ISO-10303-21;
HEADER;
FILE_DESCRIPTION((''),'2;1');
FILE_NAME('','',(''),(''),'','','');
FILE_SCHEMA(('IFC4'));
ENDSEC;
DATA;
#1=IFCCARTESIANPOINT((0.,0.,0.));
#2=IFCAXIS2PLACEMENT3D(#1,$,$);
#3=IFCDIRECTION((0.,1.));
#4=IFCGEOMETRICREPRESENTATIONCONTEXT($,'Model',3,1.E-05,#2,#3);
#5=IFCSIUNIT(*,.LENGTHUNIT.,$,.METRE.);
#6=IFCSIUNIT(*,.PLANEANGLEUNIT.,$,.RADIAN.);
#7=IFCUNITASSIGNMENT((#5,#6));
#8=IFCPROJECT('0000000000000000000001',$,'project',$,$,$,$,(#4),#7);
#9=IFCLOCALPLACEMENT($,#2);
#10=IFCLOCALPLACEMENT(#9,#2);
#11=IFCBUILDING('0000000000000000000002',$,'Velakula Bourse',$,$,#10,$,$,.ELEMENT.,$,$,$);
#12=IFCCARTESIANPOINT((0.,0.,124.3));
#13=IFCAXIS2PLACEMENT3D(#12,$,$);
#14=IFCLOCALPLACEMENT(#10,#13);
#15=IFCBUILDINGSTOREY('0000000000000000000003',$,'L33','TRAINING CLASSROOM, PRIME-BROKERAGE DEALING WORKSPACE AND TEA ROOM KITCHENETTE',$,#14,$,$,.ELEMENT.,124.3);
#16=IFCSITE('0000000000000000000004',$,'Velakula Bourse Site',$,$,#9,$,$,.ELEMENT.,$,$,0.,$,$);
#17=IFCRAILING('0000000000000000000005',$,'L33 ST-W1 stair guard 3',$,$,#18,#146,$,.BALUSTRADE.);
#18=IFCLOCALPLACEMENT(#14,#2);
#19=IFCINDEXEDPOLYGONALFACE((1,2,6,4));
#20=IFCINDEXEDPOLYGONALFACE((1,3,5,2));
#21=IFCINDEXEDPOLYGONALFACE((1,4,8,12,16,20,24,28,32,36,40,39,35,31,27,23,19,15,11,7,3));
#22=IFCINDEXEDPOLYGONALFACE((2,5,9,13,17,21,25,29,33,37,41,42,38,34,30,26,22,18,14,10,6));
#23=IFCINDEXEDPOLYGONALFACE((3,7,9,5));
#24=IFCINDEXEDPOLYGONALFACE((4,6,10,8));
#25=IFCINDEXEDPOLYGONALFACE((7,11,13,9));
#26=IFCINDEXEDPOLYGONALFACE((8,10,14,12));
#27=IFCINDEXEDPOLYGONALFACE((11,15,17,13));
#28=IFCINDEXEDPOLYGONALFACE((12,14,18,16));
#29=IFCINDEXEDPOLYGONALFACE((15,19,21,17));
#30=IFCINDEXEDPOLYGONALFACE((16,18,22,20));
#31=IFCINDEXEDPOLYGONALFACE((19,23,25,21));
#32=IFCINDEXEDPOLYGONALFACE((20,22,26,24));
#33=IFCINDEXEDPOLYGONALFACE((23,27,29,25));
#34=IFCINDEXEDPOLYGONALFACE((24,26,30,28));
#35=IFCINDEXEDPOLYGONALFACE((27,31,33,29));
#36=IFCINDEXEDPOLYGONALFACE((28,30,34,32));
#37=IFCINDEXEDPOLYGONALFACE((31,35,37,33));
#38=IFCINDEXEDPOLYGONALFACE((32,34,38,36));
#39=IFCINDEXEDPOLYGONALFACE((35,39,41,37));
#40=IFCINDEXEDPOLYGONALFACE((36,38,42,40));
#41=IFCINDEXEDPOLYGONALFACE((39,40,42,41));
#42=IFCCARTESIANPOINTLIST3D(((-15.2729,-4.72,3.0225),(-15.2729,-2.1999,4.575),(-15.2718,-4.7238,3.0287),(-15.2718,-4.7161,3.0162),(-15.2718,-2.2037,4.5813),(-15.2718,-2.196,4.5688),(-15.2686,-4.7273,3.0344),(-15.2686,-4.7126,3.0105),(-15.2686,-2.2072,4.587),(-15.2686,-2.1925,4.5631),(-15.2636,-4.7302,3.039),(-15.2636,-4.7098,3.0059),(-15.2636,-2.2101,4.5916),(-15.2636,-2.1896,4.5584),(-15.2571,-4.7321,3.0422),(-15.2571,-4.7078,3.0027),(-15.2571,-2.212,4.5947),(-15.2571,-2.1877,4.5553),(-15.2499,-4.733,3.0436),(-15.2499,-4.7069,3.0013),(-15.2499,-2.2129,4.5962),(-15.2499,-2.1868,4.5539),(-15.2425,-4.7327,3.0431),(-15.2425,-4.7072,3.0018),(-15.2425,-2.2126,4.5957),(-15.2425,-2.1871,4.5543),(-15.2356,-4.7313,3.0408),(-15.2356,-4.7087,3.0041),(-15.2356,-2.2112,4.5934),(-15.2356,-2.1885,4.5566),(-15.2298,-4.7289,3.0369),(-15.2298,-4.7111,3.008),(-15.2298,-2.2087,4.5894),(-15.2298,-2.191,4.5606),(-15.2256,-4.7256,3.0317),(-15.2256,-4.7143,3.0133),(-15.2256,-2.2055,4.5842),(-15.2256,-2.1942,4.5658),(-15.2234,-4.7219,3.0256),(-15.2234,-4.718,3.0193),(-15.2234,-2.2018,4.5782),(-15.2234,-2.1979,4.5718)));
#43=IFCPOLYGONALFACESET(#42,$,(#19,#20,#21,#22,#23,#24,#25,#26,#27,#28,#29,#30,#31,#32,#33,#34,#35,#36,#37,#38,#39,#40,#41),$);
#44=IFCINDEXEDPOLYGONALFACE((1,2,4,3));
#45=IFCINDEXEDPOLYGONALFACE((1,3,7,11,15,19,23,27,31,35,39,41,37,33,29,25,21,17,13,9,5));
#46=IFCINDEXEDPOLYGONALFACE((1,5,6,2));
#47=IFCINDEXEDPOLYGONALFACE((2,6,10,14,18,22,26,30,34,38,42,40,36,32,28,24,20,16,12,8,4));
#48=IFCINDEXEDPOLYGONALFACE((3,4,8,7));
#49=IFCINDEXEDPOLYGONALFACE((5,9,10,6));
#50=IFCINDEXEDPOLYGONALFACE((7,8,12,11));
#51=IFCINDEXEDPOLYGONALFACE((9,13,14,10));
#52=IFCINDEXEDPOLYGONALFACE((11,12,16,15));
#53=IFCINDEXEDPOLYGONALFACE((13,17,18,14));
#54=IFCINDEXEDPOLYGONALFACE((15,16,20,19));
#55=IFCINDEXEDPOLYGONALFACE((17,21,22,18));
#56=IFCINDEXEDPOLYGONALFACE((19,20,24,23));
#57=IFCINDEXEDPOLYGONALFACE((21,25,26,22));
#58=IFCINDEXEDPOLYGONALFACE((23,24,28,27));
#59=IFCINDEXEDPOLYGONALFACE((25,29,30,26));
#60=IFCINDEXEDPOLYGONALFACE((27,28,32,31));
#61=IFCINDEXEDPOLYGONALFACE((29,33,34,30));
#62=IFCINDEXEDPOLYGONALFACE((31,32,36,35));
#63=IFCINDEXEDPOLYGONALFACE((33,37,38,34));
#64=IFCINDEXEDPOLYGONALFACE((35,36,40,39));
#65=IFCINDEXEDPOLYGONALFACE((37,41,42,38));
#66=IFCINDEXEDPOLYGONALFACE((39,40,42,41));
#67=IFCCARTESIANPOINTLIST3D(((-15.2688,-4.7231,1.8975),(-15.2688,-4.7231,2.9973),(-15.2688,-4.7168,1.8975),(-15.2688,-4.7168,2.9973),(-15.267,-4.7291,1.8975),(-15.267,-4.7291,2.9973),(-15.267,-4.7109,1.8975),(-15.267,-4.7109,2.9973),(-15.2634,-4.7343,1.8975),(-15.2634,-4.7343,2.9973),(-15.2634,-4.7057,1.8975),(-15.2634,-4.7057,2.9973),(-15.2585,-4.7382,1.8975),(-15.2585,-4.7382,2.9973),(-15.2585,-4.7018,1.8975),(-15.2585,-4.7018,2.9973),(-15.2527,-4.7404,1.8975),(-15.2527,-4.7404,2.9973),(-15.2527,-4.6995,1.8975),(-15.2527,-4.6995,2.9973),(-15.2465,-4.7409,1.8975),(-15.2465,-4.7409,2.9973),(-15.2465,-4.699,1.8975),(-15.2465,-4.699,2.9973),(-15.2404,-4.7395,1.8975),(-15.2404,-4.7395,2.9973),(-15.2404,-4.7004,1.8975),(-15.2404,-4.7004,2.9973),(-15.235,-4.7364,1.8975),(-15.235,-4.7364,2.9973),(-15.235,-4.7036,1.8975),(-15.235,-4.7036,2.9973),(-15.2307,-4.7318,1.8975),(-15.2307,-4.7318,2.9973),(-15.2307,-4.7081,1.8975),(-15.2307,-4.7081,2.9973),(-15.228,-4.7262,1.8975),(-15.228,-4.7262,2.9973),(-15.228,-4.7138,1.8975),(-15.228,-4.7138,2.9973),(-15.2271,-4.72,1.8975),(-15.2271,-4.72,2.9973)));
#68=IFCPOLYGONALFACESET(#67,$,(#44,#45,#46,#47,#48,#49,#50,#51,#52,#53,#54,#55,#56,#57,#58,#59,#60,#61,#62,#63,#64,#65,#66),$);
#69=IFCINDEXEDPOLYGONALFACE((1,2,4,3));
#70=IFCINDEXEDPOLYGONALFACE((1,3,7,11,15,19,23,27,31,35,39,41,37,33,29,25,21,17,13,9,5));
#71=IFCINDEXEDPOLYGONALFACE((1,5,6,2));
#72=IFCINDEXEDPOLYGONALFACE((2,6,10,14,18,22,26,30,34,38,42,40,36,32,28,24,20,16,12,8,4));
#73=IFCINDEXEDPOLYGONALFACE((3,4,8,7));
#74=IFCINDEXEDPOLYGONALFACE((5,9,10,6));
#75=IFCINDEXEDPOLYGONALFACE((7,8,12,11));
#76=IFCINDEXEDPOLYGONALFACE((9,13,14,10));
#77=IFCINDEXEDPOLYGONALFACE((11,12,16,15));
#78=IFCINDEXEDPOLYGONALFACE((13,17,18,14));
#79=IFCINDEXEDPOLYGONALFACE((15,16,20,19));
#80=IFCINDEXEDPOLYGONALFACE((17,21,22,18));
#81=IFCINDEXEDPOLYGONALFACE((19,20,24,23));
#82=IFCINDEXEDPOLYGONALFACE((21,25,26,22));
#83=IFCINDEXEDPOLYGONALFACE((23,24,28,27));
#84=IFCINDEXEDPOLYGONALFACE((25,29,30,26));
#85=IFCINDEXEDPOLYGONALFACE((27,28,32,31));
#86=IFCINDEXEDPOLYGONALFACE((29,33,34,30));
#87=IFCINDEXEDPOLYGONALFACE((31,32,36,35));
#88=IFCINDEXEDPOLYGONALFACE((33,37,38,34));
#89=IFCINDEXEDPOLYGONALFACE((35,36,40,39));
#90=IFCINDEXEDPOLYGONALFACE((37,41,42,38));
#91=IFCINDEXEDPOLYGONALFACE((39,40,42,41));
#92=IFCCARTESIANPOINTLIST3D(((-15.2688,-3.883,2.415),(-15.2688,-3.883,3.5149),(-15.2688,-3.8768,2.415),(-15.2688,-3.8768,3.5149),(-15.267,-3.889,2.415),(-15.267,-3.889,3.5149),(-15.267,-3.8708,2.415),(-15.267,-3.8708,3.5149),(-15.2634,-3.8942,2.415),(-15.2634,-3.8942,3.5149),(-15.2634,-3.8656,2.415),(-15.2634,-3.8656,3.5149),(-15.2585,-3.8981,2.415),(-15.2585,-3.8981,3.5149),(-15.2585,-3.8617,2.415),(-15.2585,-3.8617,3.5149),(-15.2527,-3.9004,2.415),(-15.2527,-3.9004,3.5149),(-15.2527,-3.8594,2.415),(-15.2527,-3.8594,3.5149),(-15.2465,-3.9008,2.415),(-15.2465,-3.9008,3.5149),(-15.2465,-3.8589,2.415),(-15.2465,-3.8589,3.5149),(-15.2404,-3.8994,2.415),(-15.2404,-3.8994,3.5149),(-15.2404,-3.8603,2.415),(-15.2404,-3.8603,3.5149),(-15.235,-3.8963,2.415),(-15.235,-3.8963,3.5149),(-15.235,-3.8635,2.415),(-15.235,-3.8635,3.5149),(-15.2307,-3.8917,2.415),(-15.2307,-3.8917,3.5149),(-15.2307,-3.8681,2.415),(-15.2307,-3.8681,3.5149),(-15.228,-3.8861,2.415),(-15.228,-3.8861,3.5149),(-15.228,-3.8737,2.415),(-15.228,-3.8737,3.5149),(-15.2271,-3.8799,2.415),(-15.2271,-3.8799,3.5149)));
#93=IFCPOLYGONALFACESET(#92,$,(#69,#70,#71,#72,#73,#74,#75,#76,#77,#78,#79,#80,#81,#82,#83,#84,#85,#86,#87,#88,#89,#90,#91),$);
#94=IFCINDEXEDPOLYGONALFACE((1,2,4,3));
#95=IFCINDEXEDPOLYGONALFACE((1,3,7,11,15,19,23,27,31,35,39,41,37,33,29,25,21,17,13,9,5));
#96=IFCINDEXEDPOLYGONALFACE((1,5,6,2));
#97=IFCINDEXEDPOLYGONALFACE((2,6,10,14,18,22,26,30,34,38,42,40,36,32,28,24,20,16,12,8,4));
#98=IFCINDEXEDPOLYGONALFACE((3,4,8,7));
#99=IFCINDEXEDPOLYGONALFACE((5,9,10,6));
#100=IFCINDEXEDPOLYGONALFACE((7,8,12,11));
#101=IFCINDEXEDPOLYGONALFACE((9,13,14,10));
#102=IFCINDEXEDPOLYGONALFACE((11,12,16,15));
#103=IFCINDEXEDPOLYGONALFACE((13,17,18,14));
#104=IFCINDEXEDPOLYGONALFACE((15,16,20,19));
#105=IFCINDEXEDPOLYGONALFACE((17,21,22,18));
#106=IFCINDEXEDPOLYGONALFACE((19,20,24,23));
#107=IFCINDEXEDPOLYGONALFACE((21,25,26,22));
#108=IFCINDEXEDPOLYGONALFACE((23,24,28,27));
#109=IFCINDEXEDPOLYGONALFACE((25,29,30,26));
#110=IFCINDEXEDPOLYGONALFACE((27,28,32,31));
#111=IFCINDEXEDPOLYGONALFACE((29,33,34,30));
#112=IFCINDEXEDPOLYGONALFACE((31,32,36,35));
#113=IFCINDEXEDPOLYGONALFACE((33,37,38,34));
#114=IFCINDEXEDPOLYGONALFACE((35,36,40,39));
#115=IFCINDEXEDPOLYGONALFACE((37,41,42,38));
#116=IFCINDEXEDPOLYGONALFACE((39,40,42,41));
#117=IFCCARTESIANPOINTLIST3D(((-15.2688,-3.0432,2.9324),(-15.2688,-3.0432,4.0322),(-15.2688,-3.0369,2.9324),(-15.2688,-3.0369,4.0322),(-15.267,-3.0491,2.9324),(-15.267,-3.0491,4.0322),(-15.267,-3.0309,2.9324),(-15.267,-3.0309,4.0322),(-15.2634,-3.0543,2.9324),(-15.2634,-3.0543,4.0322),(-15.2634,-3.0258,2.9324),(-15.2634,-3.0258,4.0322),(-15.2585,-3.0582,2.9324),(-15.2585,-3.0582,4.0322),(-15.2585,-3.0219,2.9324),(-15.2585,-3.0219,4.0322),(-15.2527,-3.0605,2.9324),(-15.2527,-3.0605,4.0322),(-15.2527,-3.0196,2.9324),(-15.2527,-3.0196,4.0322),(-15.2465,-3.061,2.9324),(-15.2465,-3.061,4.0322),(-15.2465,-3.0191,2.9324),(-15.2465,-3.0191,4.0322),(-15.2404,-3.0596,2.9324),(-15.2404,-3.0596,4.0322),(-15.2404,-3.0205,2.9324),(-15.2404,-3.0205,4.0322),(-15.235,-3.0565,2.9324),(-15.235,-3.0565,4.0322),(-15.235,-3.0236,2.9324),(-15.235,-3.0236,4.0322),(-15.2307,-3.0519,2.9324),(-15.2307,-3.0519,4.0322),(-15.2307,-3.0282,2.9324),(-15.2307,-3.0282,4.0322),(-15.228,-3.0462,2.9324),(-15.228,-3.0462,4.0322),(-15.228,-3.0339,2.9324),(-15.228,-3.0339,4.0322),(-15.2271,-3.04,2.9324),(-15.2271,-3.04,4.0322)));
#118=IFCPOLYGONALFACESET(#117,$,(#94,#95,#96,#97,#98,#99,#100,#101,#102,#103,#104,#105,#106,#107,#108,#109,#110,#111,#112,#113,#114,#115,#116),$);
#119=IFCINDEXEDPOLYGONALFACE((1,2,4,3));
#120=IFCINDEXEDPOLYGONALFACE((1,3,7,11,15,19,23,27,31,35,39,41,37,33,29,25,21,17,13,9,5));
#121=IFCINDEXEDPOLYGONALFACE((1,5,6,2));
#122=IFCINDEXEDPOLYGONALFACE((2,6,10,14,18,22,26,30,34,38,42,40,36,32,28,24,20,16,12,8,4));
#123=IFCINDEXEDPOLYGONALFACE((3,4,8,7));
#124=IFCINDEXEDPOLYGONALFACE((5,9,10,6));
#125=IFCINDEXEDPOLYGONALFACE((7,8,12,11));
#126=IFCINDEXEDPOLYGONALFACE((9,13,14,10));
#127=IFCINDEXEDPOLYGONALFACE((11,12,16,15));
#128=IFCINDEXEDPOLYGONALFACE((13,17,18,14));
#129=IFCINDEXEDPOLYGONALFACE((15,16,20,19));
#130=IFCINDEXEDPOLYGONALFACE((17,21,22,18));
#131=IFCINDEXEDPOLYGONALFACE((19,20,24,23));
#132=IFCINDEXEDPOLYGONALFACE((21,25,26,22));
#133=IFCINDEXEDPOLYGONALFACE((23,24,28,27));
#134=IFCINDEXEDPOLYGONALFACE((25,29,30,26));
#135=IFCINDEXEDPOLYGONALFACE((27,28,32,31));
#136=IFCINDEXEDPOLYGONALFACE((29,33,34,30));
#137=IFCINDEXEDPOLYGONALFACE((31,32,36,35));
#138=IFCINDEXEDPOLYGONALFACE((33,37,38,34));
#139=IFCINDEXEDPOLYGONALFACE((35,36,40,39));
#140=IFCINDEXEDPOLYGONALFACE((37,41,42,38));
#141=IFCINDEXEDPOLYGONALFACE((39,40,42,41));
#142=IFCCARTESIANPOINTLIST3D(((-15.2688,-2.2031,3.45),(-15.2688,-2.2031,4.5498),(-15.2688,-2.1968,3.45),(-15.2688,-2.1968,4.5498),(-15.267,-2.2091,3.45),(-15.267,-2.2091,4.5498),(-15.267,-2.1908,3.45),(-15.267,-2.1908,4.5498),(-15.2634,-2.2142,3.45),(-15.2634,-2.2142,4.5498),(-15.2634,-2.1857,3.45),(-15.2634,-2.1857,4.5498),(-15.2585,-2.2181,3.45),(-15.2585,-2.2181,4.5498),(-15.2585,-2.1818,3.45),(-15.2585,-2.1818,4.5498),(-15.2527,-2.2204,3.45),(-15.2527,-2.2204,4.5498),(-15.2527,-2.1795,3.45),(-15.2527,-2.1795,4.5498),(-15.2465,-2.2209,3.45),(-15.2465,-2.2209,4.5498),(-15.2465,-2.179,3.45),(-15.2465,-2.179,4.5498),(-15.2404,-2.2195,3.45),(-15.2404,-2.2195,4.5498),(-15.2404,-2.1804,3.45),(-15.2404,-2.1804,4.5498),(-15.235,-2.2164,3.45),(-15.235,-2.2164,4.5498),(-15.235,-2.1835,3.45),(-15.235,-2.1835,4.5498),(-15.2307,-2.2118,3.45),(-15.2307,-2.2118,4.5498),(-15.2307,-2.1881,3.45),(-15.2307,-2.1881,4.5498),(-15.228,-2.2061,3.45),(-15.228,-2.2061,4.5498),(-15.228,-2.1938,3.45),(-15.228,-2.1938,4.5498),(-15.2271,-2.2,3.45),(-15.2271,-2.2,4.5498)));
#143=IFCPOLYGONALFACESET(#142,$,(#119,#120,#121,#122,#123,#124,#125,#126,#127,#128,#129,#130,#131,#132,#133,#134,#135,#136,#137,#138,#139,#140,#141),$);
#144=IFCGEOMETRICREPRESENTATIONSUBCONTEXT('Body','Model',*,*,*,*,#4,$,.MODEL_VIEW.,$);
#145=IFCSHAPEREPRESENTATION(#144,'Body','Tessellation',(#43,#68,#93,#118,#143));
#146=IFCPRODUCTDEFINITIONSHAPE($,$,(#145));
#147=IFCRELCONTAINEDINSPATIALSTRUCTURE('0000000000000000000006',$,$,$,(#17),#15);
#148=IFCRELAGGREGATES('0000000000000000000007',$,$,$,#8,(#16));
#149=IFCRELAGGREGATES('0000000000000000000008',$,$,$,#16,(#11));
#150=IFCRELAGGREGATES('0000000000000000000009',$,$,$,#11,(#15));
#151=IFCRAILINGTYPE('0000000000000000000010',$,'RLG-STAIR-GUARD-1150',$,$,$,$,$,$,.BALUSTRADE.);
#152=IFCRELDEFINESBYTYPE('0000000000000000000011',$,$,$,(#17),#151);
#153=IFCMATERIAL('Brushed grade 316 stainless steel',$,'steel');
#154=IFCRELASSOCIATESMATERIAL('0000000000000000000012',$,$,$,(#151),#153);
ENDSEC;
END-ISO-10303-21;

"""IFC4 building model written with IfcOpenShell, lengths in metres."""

from ifc_helpers import new_model, si_unit, direction, frame, origin, origin_2d, place, context, subcontext, project, spatial, circle, extrude, material, type_object, element, save


model = new_model("IFC4")

# Units and contexts
model_context = context("Model", 3, precision=1e-05, world=origin(), true_north=direction((0.0, 1.0)))
body_context = subcontext(model_context, "Body", "Model", "MODEL_VIEW")
ifc_project = project(units=[si_unit("LENGTHUNIT", "METRE"), si_unit("PLANEANGLEUNIT", "RADIAN")], contexts=[model_context])

# Site, building, storey
site_placement = place(None, origin())
site = spatial("IfcSite", under=ifc_project, at=site_placement, Name="Velakula Bourse Site", CompositionType="ELEMENT", RefElevation=0.0)
building_placement = place(site_placement, origin())
building = spatial("IfcBuilding", under=site, at=building_placement, Name="Velakula Bourse", CompositionType="ELEMENT")
storey_placement = place(building_placement, frame((0.0, 0.0, 124.3)))
storey = spatial("IfcBuildingStorey", under=building, at=storey_placement, Name="L33", Description="TRAINING CLASSROOM, PRIME-BROKERAGE DEALING WORKSPACE AND TEA ROOM KITCHENETTE", CompositionType="ELEMENT", Elevation=124.3)

# Shared definitions
ifc_material_1 = material(Name="Brushed grade 316 stainless steel", Category="steel")

# Railing
railing_type_1 = type_object("IfcRailingType", Name="RLG-STAIR-GUARD-1150", PredefinedType="BALUSTRADE", material=ifc_material_1)
railing_1_placement = place(storey_placement, frame((-15.248, -4.72, 1.8975)))
element("IfcRailing", 1, at=railing_1_placement, inside=storey, type_object=railing_type_1, Name="L33 ST-W1 stair guard 3", PredefinedType="BALUSTRADE", context=body_context, shape_type="SweptSolid", body=[
    extrude(circle(Radius=0.0249, at=origin_2d()), frame((0.0, 0.0, 1.125), z_axis=(0.0, 0.8514, 0.524516), x_axis=(-1.0, 0.0, 0.0)), (0.0, 0.0, 1.0), 2.96),
    extrude(circle(Radius=0.021, at=origin_2d()), origin(), (0.0, 0.0, 1.0), 1.0999),
    extrude(circle(Radius=0.021, at=origin_2d()), frame((0.0, 0.8401, 0.5176)), (0.0, 0.0, 1.0), 1.0999),
    extrude(circle(Radius=0.021, at=origin_2d()), frame((0.0, 1.6799, 1.0349)), (0.0, 0.0, 1.0), 1.0999),
    extrude(circle(Radius=0.021, at=origin_2d()), frame((0.0, 2.52, 1.5525)), (0.0, 0.0, 1.0), 1.0999),
])

save(model, "model.ifc")
